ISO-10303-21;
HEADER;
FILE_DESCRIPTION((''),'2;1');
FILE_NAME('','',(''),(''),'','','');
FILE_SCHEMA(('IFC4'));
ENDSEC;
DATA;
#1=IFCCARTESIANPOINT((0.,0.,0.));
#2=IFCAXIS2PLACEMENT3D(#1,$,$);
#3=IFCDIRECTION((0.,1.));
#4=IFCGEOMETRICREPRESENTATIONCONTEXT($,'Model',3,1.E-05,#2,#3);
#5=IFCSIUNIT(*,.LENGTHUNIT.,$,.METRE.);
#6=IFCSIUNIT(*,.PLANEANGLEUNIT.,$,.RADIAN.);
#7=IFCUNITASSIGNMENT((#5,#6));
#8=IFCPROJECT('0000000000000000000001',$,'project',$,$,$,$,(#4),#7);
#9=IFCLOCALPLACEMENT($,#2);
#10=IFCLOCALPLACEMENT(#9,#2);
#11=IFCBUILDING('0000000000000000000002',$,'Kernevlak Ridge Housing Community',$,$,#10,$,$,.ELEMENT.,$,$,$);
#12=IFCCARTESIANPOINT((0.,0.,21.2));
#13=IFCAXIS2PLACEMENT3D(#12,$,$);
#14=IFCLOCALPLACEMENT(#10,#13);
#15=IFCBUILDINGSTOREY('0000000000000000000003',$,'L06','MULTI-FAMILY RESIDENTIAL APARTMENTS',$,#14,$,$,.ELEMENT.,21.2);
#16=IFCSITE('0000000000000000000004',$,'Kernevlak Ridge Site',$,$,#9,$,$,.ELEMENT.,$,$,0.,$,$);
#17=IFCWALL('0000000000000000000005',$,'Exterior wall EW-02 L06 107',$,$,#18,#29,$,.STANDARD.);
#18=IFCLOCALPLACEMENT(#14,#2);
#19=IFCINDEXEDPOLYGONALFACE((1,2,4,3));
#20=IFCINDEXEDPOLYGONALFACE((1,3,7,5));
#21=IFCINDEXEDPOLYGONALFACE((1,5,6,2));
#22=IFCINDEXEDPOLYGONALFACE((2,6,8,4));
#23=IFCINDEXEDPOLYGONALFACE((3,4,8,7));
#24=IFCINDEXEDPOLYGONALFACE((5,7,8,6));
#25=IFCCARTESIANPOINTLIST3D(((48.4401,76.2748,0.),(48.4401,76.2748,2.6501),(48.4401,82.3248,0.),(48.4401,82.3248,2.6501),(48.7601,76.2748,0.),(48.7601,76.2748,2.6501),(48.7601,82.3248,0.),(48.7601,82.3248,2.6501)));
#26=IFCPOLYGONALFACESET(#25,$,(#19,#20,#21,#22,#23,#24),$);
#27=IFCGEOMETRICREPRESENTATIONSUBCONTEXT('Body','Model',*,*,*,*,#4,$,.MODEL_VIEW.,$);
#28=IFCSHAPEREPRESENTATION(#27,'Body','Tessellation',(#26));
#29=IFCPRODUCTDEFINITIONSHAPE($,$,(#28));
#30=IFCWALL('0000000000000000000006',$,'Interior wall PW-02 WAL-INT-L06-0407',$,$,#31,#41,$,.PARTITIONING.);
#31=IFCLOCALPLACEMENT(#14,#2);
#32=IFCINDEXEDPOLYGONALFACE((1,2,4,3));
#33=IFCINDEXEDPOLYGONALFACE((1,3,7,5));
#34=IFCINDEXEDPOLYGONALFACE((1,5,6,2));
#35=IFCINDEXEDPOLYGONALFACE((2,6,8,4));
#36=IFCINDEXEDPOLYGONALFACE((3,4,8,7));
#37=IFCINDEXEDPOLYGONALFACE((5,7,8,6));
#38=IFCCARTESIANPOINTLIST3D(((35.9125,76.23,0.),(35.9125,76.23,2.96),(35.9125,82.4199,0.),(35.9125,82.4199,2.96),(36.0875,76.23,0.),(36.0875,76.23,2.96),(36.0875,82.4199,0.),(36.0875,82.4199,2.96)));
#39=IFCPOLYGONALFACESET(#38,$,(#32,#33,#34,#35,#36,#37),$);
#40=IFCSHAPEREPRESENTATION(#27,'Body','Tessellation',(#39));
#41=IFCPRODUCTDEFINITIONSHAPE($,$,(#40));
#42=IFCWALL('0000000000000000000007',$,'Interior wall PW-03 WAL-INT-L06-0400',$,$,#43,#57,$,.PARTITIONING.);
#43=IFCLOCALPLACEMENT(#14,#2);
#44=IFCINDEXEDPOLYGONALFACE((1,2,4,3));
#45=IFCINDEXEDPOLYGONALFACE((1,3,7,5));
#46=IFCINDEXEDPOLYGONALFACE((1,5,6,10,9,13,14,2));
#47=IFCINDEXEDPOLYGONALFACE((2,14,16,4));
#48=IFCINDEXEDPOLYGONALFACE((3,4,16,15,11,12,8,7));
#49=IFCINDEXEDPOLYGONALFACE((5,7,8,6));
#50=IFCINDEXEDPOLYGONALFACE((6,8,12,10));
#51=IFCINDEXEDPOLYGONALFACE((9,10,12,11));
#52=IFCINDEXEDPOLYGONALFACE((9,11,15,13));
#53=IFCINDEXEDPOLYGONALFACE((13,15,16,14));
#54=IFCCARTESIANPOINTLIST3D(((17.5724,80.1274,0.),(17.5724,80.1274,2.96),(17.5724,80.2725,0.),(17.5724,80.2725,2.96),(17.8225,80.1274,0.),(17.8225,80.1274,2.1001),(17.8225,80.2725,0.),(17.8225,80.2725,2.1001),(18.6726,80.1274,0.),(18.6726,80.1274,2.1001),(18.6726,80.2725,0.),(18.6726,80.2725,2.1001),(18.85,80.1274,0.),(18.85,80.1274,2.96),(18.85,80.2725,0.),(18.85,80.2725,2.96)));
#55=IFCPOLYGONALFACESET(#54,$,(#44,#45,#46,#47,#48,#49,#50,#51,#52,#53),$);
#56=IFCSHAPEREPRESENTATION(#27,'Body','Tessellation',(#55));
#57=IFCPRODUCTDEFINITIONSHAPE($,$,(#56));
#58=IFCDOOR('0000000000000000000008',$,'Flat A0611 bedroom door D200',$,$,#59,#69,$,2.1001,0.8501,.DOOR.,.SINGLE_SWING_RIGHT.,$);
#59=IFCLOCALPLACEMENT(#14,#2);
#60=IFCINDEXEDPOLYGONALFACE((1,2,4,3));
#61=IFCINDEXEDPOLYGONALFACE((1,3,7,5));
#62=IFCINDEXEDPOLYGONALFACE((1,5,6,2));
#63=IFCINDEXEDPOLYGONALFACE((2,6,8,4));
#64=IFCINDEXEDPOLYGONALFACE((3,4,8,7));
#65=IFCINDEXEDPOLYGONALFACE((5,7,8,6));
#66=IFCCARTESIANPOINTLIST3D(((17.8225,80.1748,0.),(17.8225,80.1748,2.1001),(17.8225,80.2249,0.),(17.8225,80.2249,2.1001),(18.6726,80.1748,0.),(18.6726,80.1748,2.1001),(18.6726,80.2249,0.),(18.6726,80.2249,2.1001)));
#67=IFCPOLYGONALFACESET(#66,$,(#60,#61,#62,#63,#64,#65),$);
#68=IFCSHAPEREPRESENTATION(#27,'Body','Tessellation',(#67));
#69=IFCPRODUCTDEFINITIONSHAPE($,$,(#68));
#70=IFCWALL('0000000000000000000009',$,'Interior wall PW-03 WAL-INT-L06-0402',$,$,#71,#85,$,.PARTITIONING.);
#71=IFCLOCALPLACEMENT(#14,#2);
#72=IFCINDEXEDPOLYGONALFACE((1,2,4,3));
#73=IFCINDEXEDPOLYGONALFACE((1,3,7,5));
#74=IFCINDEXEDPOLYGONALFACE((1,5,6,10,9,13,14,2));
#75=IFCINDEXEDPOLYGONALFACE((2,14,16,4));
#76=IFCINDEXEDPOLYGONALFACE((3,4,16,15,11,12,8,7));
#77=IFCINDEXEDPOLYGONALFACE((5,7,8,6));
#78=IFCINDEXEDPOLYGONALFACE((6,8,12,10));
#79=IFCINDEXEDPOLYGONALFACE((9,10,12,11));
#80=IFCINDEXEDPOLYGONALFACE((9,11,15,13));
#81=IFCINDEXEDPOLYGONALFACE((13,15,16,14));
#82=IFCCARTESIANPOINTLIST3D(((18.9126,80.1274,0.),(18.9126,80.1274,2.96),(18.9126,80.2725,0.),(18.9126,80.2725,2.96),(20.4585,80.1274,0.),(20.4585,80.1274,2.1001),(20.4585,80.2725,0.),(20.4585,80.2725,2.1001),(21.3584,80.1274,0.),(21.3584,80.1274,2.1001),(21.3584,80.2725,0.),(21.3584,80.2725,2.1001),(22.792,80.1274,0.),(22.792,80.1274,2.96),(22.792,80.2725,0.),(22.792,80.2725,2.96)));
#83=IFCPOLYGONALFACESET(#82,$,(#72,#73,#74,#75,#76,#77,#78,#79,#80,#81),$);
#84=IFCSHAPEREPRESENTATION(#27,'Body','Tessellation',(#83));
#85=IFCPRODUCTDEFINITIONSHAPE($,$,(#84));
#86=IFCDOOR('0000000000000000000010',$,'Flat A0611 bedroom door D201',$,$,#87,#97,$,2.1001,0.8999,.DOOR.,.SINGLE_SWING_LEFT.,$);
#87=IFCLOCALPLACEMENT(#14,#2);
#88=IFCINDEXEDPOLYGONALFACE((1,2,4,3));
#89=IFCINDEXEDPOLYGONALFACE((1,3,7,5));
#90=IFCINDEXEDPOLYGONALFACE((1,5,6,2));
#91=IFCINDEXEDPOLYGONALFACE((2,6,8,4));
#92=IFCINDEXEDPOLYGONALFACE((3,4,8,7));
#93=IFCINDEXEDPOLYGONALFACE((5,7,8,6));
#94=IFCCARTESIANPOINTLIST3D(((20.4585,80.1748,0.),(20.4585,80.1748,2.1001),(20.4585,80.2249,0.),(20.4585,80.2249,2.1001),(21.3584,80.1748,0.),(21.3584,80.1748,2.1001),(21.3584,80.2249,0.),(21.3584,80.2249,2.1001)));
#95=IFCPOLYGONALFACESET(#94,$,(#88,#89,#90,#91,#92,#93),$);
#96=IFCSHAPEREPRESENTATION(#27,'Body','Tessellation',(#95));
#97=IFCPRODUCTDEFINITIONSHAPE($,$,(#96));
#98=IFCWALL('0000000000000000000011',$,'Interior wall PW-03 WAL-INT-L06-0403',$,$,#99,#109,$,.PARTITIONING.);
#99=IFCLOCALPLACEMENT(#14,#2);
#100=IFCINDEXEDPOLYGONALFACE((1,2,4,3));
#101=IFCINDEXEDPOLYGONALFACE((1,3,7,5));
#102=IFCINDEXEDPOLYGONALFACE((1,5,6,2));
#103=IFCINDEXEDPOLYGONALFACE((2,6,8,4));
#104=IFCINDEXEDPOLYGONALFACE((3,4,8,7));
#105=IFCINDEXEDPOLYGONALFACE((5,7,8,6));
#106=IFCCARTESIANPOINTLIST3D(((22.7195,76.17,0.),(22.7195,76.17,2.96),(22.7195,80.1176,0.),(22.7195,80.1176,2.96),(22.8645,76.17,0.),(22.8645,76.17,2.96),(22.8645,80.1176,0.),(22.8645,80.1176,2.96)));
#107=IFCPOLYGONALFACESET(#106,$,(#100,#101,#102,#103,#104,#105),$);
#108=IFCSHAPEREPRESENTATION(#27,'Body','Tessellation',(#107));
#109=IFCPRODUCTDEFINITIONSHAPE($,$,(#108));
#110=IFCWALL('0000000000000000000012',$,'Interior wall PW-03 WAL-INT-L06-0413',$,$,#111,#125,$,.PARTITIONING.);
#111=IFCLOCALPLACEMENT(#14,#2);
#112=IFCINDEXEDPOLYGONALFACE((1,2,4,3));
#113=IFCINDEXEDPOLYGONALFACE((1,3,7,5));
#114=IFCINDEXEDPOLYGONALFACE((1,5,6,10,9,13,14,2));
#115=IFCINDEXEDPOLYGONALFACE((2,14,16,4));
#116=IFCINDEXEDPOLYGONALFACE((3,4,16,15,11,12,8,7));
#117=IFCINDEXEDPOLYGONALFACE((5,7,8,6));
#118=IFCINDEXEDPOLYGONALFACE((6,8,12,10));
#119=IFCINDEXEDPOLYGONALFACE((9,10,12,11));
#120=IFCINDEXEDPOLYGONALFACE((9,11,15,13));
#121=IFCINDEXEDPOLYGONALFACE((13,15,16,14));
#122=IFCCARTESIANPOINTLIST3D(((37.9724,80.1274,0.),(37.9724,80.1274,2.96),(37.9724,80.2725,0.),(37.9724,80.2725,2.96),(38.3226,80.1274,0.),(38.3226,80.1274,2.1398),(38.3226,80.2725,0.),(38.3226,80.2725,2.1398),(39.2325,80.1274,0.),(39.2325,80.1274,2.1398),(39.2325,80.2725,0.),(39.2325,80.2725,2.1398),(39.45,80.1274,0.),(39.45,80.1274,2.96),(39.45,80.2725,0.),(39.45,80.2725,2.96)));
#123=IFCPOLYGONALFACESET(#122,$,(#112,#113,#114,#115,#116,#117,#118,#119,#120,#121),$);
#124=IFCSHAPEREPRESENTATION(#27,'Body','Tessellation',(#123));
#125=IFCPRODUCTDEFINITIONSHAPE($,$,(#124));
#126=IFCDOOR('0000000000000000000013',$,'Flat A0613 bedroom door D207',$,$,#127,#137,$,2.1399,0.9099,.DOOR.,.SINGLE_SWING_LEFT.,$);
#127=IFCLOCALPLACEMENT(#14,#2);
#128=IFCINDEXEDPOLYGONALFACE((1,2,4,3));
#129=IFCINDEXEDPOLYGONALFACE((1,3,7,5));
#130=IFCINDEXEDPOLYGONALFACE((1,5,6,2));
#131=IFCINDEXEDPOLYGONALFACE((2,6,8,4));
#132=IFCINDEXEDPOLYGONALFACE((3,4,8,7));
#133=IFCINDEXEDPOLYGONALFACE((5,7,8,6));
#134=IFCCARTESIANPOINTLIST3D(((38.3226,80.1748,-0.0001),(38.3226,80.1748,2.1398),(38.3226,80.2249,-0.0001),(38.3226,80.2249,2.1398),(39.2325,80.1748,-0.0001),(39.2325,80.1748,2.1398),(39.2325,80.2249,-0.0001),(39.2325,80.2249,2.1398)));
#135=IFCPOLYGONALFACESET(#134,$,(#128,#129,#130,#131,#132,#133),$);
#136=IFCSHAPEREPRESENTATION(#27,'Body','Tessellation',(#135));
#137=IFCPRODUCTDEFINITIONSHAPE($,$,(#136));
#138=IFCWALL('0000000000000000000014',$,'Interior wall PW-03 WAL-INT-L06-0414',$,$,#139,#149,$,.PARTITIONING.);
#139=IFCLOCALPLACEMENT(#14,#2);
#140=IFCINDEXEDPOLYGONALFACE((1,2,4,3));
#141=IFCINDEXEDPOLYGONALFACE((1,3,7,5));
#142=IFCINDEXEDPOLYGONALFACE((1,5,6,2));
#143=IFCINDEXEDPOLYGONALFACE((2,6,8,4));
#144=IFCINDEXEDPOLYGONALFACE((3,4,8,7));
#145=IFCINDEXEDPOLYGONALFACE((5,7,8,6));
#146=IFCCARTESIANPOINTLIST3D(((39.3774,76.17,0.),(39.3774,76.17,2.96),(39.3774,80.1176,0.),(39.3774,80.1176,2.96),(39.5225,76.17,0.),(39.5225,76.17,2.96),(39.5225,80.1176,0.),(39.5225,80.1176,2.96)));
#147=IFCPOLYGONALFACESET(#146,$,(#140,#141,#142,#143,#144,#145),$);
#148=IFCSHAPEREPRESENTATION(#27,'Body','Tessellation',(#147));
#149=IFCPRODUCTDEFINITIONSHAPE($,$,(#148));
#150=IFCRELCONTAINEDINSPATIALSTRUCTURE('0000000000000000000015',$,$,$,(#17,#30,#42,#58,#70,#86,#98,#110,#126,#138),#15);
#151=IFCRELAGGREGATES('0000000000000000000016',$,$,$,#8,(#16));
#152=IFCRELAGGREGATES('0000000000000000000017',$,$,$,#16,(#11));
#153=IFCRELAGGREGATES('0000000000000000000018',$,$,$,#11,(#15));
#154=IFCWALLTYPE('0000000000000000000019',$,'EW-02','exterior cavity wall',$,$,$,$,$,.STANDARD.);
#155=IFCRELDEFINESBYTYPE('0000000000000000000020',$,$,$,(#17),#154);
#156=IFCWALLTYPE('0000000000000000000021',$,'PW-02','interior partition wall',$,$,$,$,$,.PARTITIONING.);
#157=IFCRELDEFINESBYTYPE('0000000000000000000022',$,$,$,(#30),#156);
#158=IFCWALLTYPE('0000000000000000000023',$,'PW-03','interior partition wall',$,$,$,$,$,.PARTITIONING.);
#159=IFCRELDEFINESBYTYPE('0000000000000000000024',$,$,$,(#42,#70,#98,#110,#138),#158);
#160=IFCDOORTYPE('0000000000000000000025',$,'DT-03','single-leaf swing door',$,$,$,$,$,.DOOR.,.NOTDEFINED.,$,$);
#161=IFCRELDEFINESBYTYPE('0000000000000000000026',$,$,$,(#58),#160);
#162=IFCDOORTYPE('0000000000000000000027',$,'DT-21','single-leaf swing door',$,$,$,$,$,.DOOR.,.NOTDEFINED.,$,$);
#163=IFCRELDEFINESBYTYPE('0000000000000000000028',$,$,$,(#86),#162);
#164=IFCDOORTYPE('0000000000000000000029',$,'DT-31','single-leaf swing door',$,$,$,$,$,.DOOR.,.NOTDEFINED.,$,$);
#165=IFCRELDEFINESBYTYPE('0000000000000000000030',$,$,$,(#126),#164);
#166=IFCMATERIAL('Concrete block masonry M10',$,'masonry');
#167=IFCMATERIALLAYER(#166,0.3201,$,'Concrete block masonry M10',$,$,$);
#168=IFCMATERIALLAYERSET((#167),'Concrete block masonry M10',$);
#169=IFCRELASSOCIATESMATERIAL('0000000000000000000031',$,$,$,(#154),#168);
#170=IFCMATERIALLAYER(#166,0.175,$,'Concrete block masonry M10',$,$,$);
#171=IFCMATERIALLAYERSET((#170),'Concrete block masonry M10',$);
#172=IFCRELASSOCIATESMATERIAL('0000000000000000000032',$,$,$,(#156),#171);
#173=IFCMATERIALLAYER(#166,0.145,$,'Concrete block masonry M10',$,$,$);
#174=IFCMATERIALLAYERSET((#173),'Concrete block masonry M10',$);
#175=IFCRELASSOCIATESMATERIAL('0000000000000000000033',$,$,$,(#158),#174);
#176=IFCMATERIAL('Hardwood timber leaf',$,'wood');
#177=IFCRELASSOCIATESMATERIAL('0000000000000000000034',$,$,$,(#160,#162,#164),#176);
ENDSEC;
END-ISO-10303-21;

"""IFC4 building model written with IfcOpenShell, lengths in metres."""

from ifc_helpers import new_model, si_unit, direction, frame, frame_2d, origin, place, context, subcontext, project, spatial, rectangle, extrude, material, layer, layer_set, type_object, element, fill, save


model = new_model("IFC4")

# Units and contexts
model_context = context("Model", 3, precision=1e-05, world=origin(), true_north=direction((0.0, 1.0)))
body_context = subcontext(model_context, "Body", "Model", "MODEL_VIEW")
ifc_project = project(units=[si_unit("LENGTHUNIT", "METRE"), si_unit("PLANEANGLEUNIT", "RADIAN")], contexts=[model_context])

# Site, building, storey
site_placement = place(None, origin())
site = spatial("IfcSite", under=ifc_project, at=site_placement, Name="Kernevlak Ridge Site", CompositionType="ELEMENT", RefElevation=0.0)
building_placement = place(site_placement, origin())
building = spatial("IfcBuilding", under=site, at=building_placement, Name="Kernevlak Ridge Housing Community", CompositionType="ELEMENT")
storey_placement = place(building_placement, frame((0.0, 0.0, 21.2)))
storey = spatial("IfcBuildingStorey", under=building, at=storey_placement, Name="L06", Description="MULTI-FAMILY RESIDENTIAL APARTMENTS", CompositionType="ELEMENT", Elevation=21.2)

# Walls
ifc_material_1 = material(Name="Concrete block masonry M10", Category="masonry")
ifc_layer_1 = layer(ifc_material_1, 0.3201, Name="Concrete block masonry M10")
ifc_layer_set_1 = layer_set([ifc_layer_1], Name="Concrete block masonry M10")
wall_type_1 = type_object("IfcWallType", Name="EW-02", Description="exterior cavity wall", PredefinedType="STANDARD", material=ifc_layer_set_1)
wall_1_placement = place(storey_placement, frame((48.6001, 76.2749, 0.0), z_axis=(0.0, 0.0, 1.0), x_axis=(0.0, 1.0, 0.0)))
element("IfcWall", 1, at=wall_1_placement, inside=storey, type_object=wall_type_1, Name="Exterior wall EW-02 L06 107", PredefinedType="STANDARD", context=body_context, shape_type="SweptSolid", body=[
    extrude(rectangle(XDim=6.05, YDim=0.3201, at=frame_2d((3.0249, 0.0))), origin(), (0.0, 0.0, 1.0), 2.6501),
])
ifc_layer_2 = layer(ifc_material_1, 0.175, Name="Concrete block masonry M10")
ifc_layer_set_2 = layer_set([ifc_layer_2], Name="Concrete block masonry M10")
wall_type_2 = type_object("IfcWallType", Name="PW-02", Description="interior partition wall", PredefinedType="PARTITIONING", material=ifc_layer_set_2)
wall_2_placement = place(storey_placement, frame((36.0, 82.4199, 0.0), z_axis=(0.0, 0.0, 1.0), x_axis=(0.0, -1.0, 0.0)))
element("IfcWall", 2, at=wall_2_placement, inside=storey, type_object=wall_type_2, Name="Interior wall PW-02 WAL-INT-L06-0407", PredefinedType="PARTITIONING", context=body_context, shape_type="SweptSolid", body=[
    extrude(rectangle(XDim=6.1899, YDim=0.175, at=frame_2d((3.095, 0.0))), origin(), (0.0, 0.0, 1.0), 2.96),
])

# Walls, openings, doors
ifc_layer_3 = layer(ifc_material_1, 0.145, Name="Concrete block masonry M10")
ifc_layer_set_3 = layer_set([ifc_layer_3], Name="Concrete block masonry M10")
wall_type_3 = type_object("IfcWallType", Name="PW-03", Description="interior partition wall", PredefinedType="PARTITIONING", material=ifc_layer_set_3)
wall_3_placement = place(storey_placement, frame((17.5725, 80.2, 0.0), z_axis=(0.0, 0.0, 1.0), x_axis=(1.0, 0.0, 0.0)))
wall_3 = element("IfcWall", 3, at=wall_3_placement, inside=storey, type_object=wall_type_3, Name="Interior wall PW-03 WAL-INT-L06-0400", PredefinedType="PARTITIONING", context=body_context, shape_type="SweptSolid", body=[
    extrude(rectangle(XDim=1.2776, YDim=0.145, at=frame_2d((0.6387, 0.0))), origin(), (0.0, 0.0, 1.0), 2.96),
])
opening_1_placement = place(wall_3_placement, frame((0.25, 0.0, 0.0)))
opening_1 = element("IfcOpeningElement", 4, at=opening_1_placement, cuts=wall_3, PredefinedType="OPENING", context=body_context, shape_type="SweptSolid", body=[
    extrude(rectangle(XDim=0.8501, YDim=2.1001, at=frame_2d((0.425, 1.05))), frame((0.0, 0.0825, 0.0), z_axis=(0.0, -1.0, 0.0), x_axis=(1.0, 0.0, 0.0)), (0.0, 0.0, 1.0), 0.165),
])
ifc_material_2 = material(Name="Hardwood timber leaf", Category="wood")
door_type_1 = type_object("IfcDoorType", Name="DT-03", Description="single-leaf swing door", OperationType="NOTDEFINED", PredefinedType="DOOR", material=ifc_material_2)
door_1_placement = place(opening_1_placement, origin())
door_1 = element("IfcDoor", 5, at=door_1_placement, inside=storey, type_object=door_type_1, Name="Flat A0611 bedroom door D200", OperationType="SINGLE_SWING_RIGHT", OverallHeight=2.1001, OverallWidth=0.8501, PredefinedType="DOOR", context=body_context, shape_type="SweptSolid", body=[
    extrude(rectangle(XDim=0.8501, YDim=2.1001, at=frame_2d((0.425, 1.05))), frame((0.0, 0.0249, 0.0), z_axis=(0.0, -1.0, 0.0), x_axis=(1.0, 0.0, 0.0)), (0.0, 0.0, 1.0), 0.05),
])
fill(opening_1, door_1)
wall_4_placement = place(storey_placement, frame((18.9126, 80.2, 0.0), z_axis=(0.0, 0.0, 1.0), x_axis=(1.0, 0.0, 0.0)))
wall_4 = element("IfcWall", 6, at=wall_4_placement, inside=storey, type_object=wall_type_3, Name="Interior wall PW-03 WAL-INT-L06-0402", PredefinedType="PARTITIONING", context=body_context, shape_type="SweptSolid", body=[
    extrude(rectangle(XDim=3.8794, YDim=0.145, at=frame_2d((1.9397, 0.0))), origin(), (0.0, 0.0, 1.0), 2.96),
])
opening_2_placement = place(wall_4_placement, frame((1.5459, 0.0, 0.0)))
opening_2 = element("IfcOpeningElement", 7, at=opening_2_placement, cuts=wall_4, PredefinedType="OPENING", context=body_context, shape_type="SweptSolid", body=[
    extrude(rectangle(XDim=0.8999, YDim=2.1001, at=frame_2d((0.45, 1.05))), frame((0.0, 0.0825, 0.0), z_axis=(0.0, -1.0, 0.0), x_axis=(1.0, 0.0, 0.0)), (0.0, 0.0, 1.0), 0.165),
])
door_type_2 = type_object("IfcDoorType", Name="DT-21", Description="single-leaf swing door", OperationType="NOTDEFINED", PredefinedType="DOOR", material=ifc_material_2)
door_2_placement = place(opening_2_placement, origin())
door_2 = element("IfcDoor", 8, at=door_2_placement, inside=storey, type_object=door_type_2, Name="Flat A0611 bedroom door D201", OperationType="SINGLE_SWING_LEFT", OverallHeight=2.1001, OverallWidth=0.8999, PredefinedType="DOOR", context=body_context, shape_type="SweptSolid", body=[
    extrude(rectangle(XDim=0.8999, YDim=2.1001, at=frame_2d((0.45, 1.05))), frame((0.0, 0.0249, 0.0), z_axis=(0.0, -1.0, 0.0), x_axis=(1.0, 0.0, 0.0)), (0.0, 0.0, 1.0), 0.05),
])
fill(opening_2, door_2)

# Wall
wall_5_placement = place(storey_placement, frame((22.792, 80.1174, 0.0), z_axis=(0.0, 0.0, 1.0), x_axis=(0.0, -1.0, 0.0)))
element("IfcWall", 9, at=wall_5_placement, inside=storey, type_object=wall_type_3, Name="Interior wall PW-03 WAL-INT-L06-0403", PredefinedType="PARTITIONING", context=body_context, shape_type="SweptSolid", body=[
    extrude(rectangle(XDim=3.9475, YDim=0.145, at=frame_2d((1.9736, 0.0))), origin(), (0.0, 0.0, 1.0), 2.96),
])

# Wall, opening, door
wall_6_placement = place(storey_placement, frame((37.9724, 80.2, 0.0), z_axis=(0.0, 0.0, 1.0), x_axis=(1.0, 0.0, 0.0)))
wall_6 = element("IfcWall", 10, at=wall_6_placement, inside=storey, type_object=wall_type_3, Name="Interior wall PW-03 WAL-INT-L06-0413", PredefinedType="PARTITIONING", context=body_context, shape_type="SweptSolid", body=[
    extrude(rectangle(XDim=1.4775, YDim=0.145, at=frame_2d((0.7388, 0.0))), origin(), (0.0, 0.0, 1.0), 2.96),
])
opening_3_placement = place(wall_6_placement, frame((0.3501, 0.0, 0.0)))
opening_3 = element("IfcOpeningElement", 11, at=opening_3_placement, cuts=wall_6, PredefinedType="OPENING", context=body_context, shape_type="SweptSolid", body=[
    extrude(rectangle(XDim=0.9099, YDim=2.1399, at=frame_2d((0.4551, 1.0698))), frame((0.0, 0.0825, 0.0), z_axis=(0.0, -1.0, 0.0), x_axis=(1.0, 0.0, 0.0)), (0.0, 0.0, 1.0), 0.165),
])
door_type_3 = type_object("IfcDoorType", Name="DT-31", Description="single-leaf swing door", OperationType="NOTDEFINED", PredefinedType="DOOR", material=ifc_material_2)
door_3_placement = place(opening_3_placement, origin())
door_3 = element("IfcDoor", 12, at=door_3_placement, inside=storey, type_object=door_type_3, Name="Flat A0613 bedroom door D207", OperationType="SINGLE_SWING_LEFT", OverallHeight=2.1399, OverallWidth=0.9099, PredefinedType="DOOR", context=body_context, shape_type="SweptSolid", body=[
    extrude(rectangle(XDim=0.9099, YDim=2.1399, at=frame_2d((0.4551, 1.0698))), frame((0.0, 0.0249, 0.0), z_axis=(0.0, -1.0, 0.0), x_axis=(1.0, 0.0, 0.0)), (0.0, 0.0, 1.0), 0.05),
])
fill(opening_3, door_3)

# Wall
wall_7_placement = place(storey_placement, frame((39.45, 80.1174, 0.0), z_axis=(0.0, 0.0, 1.0), x_axis=(0.0, -1.0, 0.0)))
element("IfcWall", 13, at=wall_7_placement, inside=storey, type_object=wall_type_3, Name="Interior wall PW-03 WAL-INT-L06-0414", PredefinedType="PARTITIONING", context=body_context, shape_type="SweptSolid", body=[
    extrude(rectangle(XDim=3.9475, YDim=0.145, at=frame_2d((1.9736, 0.0))), origin(), (0.0, 0.0, 1.0), 2.96),
])

save(model, "model.ifc")
